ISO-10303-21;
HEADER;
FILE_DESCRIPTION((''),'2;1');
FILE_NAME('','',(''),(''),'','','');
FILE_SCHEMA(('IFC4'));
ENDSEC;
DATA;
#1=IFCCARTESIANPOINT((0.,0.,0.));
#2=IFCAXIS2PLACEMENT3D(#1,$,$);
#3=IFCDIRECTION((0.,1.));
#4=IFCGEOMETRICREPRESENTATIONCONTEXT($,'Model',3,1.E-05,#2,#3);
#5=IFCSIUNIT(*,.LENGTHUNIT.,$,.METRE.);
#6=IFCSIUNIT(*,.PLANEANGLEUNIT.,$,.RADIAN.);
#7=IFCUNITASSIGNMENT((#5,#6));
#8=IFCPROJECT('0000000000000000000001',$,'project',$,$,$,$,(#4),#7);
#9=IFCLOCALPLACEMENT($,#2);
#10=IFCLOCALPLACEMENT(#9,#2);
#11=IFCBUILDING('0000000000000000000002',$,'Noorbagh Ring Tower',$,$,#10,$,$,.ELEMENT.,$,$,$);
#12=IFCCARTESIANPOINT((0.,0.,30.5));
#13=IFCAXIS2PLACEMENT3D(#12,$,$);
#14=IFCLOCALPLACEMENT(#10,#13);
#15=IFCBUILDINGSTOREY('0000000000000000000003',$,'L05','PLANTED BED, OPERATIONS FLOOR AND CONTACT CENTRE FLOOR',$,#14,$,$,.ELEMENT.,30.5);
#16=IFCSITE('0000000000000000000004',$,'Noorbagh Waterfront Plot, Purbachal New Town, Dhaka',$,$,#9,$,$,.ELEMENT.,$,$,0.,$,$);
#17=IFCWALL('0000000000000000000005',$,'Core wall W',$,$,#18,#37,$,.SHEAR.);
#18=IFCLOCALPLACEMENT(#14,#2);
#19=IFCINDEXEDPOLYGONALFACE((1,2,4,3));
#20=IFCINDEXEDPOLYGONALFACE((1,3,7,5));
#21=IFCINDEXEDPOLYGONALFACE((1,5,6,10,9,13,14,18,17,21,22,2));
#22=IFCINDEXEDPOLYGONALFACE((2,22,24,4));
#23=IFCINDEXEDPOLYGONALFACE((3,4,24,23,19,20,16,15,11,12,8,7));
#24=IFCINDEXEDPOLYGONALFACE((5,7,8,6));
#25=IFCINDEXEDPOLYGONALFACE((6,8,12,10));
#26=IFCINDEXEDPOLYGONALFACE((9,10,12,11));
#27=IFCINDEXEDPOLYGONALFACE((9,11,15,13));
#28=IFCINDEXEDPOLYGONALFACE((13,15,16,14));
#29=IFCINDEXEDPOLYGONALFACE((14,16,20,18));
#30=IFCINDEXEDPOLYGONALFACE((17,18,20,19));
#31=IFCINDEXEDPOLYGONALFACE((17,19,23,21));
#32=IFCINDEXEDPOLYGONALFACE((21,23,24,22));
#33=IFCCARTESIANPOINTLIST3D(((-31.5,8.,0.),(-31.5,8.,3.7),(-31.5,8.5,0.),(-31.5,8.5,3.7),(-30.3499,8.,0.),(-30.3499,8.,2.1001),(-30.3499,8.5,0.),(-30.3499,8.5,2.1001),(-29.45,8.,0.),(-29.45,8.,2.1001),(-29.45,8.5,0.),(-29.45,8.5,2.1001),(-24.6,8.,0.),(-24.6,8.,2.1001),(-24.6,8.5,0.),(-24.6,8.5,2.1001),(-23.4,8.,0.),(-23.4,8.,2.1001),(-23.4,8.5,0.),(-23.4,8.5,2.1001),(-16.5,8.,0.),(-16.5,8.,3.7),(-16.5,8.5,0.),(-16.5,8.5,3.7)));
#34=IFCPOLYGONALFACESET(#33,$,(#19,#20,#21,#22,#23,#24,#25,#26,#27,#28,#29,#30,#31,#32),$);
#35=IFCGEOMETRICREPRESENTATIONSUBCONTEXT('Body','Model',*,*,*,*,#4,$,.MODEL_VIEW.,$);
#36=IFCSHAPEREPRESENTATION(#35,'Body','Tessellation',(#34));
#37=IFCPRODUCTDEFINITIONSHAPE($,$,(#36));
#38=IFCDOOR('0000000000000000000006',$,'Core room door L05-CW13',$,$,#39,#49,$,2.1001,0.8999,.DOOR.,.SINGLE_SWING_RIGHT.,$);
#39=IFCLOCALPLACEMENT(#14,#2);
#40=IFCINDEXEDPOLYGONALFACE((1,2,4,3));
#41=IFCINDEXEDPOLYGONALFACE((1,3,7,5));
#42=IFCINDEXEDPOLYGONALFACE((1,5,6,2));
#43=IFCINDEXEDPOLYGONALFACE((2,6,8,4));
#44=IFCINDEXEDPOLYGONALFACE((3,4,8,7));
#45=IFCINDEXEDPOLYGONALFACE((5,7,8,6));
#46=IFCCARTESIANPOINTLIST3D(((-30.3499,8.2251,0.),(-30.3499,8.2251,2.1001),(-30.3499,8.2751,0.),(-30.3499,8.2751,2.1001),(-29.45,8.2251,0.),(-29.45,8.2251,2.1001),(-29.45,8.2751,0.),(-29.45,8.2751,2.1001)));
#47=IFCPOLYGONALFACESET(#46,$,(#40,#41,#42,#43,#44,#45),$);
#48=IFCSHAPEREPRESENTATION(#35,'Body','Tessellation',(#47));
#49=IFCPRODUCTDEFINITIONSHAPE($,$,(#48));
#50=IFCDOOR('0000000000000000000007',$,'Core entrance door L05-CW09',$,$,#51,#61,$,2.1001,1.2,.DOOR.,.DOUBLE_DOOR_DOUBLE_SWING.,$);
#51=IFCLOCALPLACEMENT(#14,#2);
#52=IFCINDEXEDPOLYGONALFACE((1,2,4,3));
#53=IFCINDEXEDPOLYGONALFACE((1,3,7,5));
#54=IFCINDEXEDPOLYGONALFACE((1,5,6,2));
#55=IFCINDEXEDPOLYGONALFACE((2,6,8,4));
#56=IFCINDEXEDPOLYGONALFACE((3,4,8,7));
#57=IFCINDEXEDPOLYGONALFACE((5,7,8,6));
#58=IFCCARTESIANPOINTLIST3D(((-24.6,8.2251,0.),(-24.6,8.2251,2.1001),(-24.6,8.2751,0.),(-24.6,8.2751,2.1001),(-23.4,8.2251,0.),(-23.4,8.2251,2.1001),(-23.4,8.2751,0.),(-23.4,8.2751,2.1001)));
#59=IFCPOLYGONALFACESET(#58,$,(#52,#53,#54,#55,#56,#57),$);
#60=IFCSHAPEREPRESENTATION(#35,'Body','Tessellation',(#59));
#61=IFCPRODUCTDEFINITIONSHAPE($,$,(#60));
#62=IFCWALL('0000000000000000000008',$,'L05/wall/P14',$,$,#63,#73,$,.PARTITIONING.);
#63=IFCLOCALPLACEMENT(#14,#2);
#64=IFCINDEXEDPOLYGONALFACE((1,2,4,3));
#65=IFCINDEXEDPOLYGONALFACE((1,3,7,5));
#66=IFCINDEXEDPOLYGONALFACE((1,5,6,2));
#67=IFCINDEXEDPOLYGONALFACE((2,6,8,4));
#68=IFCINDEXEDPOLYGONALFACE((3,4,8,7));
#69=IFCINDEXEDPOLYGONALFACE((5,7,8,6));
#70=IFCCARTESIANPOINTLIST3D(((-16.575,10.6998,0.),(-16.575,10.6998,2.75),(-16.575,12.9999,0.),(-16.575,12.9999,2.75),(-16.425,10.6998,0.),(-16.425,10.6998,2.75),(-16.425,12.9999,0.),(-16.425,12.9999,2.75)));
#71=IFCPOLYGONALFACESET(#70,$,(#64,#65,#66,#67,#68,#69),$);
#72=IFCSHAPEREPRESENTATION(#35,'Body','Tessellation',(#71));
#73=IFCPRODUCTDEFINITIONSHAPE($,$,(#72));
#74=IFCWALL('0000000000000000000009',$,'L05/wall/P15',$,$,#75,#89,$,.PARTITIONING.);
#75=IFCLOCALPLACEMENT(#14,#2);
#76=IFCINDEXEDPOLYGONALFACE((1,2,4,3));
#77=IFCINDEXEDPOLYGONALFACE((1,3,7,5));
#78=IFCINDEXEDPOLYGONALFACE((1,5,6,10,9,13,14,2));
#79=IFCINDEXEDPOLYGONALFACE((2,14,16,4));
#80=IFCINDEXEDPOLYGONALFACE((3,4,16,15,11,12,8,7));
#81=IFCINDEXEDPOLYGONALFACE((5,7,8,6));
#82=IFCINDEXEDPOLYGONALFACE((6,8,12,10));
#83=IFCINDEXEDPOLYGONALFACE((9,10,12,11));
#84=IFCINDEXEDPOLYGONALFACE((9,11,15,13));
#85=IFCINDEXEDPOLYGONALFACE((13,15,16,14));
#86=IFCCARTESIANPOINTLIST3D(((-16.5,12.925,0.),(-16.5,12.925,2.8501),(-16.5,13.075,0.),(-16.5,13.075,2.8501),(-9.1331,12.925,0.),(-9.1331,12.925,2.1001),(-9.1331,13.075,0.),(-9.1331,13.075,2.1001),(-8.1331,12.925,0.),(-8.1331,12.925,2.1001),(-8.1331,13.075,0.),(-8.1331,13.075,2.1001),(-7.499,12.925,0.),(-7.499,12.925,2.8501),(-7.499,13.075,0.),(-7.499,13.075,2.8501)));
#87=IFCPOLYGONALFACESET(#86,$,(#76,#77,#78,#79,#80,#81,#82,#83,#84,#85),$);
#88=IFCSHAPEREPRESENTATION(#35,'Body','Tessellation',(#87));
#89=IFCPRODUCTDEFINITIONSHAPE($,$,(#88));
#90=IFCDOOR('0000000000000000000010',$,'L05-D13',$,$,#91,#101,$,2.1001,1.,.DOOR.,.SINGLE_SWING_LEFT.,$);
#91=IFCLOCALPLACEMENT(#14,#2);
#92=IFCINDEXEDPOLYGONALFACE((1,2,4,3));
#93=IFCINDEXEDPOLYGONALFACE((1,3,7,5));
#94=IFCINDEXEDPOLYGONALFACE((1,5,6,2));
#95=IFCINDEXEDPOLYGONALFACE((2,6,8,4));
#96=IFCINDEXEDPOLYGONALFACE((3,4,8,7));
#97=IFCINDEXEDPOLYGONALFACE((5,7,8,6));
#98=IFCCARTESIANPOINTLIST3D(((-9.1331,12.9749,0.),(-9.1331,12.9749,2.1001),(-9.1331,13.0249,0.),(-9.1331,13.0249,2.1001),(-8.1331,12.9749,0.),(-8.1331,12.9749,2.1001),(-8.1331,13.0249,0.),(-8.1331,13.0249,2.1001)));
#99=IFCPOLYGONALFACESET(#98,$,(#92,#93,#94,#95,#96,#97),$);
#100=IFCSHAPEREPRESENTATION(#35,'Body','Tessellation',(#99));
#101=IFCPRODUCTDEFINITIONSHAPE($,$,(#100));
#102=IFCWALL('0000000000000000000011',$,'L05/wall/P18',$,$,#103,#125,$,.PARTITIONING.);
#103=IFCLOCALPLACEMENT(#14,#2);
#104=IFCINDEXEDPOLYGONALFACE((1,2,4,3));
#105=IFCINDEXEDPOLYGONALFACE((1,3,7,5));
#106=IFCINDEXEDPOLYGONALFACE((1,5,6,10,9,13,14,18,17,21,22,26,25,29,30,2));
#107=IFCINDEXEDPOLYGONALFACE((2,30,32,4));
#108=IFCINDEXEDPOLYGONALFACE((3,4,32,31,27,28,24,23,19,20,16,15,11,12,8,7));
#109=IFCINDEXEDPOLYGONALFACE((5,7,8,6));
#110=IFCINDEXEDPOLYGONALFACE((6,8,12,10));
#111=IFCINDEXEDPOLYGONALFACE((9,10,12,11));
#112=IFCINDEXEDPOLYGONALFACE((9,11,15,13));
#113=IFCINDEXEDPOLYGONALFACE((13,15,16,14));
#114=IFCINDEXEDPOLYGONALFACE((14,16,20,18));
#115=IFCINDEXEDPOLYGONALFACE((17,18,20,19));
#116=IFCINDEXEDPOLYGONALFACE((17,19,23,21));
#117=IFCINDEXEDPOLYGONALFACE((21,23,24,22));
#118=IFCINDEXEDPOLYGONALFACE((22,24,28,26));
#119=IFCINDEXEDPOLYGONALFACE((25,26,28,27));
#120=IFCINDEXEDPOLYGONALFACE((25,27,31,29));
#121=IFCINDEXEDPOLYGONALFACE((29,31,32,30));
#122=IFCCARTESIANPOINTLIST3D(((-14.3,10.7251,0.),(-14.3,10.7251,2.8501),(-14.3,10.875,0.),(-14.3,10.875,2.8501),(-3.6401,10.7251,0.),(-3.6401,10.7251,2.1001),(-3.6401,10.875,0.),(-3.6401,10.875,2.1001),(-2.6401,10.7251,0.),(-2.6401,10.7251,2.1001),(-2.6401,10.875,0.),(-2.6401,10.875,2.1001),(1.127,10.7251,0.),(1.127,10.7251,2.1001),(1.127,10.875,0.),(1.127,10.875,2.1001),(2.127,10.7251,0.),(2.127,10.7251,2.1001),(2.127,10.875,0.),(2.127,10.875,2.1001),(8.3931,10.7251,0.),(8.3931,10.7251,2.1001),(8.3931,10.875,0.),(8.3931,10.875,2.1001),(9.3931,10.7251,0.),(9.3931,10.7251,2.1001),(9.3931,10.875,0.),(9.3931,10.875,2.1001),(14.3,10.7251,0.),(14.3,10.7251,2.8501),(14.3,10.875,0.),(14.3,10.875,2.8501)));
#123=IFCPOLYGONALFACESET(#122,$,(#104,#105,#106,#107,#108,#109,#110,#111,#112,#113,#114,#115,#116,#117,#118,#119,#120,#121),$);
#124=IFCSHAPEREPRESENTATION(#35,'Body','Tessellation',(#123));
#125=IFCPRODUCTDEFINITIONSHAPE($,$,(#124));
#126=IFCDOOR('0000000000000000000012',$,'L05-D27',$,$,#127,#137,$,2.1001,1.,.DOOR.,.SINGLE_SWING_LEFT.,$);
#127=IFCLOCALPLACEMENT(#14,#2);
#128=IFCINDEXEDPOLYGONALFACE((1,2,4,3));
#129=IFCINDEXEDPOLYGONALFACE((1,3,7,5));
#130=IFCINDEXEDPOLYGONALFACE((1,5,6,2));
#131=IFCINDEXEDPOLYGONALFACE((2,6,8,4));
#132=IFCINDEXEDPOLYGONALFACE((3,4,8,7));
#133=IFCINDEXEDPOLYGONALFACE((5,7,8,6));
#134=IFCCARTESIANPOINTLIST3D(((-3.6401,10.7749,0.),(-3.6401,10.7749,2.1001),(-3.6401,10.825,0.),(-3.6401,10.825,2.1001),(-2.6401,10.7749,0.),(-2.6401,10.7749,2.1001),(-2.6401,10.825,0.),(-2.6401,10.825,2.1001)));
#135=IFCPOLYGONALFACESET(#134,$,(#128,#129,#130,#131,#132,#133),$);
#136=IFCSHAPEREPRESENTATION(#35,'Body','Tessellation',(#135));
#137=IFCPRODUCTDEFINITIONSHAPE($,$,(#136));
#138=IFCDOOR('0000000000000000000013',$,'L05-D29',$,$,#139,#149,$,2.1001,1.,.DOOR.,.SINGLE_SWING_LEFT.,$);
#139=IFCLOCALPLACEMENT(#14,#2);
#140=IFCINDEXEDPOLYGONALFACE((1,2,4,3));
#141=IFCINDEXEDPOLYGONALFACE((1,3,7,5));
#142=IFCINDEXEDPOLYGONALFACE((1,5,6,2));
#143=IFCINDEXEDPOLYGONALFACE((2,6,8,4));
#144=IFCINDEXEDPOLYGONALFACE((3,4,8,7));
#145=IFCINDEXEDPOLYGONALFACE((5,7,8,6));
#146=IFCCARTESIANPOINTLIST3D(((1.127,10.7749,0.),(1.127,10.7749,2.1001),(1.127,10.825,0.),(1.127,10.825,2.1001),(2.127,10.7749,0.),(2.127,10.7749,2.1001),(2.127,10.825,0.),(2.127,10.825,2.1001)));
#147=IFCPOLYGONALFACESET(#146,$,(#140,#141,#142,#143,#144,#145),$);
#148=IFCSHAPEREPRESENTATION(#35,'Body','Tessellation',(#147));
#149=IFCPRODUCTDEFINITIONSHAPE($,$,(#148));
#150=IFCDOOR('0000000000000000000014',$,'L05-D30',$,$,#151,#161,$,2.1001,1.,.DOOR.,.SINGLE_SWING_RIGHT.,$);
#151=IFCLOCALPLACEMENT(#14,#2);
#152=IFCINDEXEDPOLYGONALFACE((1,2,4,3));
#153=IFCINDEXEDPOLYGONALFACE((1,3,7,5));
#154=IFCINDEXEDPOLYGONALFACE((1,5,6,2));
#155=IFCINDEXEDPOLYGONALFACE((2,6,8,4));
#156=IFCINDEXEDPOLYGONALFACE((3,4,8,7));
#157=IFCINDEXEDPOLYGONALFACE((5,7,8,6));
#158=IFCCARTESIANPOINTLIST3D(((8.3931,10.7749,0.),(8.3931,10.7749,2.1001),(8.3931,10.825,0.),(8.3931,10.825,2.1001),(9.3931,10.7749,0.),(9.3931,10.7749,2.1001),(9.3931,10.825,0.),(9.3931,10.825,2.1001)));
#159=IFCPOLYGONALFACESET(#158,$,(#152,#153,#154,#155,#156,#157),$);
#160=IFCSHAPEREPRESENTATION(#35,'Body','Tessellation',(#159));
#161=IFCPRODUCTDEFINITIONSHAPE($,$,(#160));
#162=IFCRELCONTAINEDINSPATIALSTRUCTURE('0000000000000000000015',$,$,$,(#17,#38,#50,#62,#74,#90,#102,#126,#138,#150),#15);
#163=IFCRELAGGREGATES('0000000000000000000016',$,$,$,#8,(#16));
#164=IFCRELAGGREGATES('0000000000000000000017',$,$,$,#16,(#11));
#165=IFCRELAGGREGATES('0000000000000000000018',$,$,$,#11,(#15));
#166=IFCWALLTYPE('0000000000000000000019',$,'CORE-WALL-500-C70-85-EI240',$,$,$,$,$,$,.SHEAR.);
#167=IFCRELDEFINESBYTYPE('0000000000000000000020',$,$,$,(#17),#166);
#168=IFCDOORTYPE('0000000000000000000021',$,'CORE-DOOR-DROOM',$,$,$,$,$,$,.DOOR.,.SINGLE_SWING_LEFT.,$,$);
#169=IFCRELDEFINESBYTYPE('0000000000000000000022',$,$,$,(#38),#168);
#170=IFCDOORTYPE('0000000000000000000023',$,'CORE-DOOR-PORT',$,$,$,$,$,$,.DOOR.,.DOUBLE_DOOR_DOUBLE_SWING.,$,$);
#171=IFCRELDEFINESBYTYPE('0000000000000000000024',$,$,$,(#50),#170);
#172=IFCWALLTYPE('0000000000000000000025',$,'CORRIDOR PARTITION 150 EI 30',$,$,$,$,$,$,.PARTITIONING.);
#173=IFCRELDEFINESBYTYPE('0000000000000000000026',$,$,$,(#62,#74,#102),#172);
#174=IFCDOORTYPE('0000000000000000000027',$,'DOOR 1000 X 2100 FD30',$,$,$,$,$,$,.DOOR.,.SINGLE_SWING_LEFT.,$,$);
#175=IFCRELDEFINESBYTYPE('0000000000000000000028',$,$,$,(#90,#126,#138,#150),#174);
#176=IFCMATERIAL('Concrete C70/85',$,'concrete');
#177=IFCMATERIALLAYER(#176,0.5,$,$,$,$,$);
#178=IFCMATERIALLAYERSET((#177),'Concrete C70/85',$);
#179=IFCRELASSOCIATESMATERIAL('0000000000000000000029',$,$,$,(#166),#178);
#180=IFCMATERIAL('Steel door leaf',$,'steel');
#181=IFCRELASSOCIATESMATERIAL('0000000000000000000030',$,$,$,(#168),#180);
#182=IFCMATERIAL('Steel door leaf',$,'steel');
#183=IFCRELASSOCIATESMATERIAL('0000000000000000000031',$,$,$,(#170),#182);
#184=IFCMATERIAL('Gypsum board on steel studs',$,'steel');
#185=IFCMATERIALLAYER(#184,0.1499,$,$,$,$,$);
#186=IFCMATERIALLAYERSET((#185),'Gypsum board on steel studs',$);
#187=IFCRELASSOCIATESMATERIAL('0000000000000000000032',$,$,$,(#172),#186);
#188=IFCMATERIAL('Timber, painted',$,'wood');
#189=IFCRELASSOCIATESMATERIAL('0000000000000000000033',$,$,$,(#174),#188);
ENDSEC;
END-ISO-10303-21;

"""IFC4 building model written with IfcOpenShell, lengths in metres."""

from ifc_helpers import new_model, si_unit, direction, frame, frame_2d, origin, place, context, subcontext, project, spatial, rectangle, extrude, material, layer, layer_set, type_object, element, fill, save


model = new_model("IFC4")

# Units and contexts
model_context = context("Model", 3, precision=1e-05, world=origin(), true_north=direction((0.0, 1.0)))
body_context = subcontext(model_context, "Body", "Model", "MODEL_VIEW")
ifc_project = project(units=[si_unit("LENGTHUNIT", "METRE"), si_unit("PLANEANGLEUNIT", "RADIAN")], contexts=[model_context])

# Site, building, storey
site_placement = place(None, origin())
site = spatial("IfcSite", under=ifc_project, at=site_placement, Name="Noorbagh Waterfront Plot, Purbachal New Town, Dhaka", CompositionType="ELEMENT", RefElevation=0.0)
building_placement = place(site_placement, origin())
building = spatial("IfcBuilding", under=site, at=building_placement, Name="Noorbagh Ring Tower", CompositionType="ELEMENT")
storey_placement = place(building_placement, frame((0.0, 0.0, 30.5)))
storey = spatial("IfcBuildingStorey", under=building, at=storey_placement, Name="L05", Description="PLANTED BED, OPERATIONS FLOOR AND CONTACT CENTRE FLOOR", CompositionType="ELEMENT", Elevation=30.5)

# Wall, openings, doors
ifc_material_1 = material(Name="Concrete C70/85", Category="concrete")
ifc_layer_1 = layer(ifc_material_1, 0.5)
ifc_layer_set_1 = layer_set([ifc_layer_1], Name="Concrete C70/85")
wall_type_1 = type_object("IfcWallType", Name="CORE-WALL-500-C70-85-EI240", PredefinedType="SHEAR", material=ifc_layer_set_1)
wall_1_placement = place(storey_placement, frame((-16.5, 8.25, 0.0), z_axis=(0.0, 0.0, 1.0), x_axis=(-1.0, 0.0, 0.0)))
wall_1 = element("IfcWall", 1, at=wall_1_placement, inside=storey, type_object=wall_type_1, Name="Core wall W", PredefinedType="SHEAR", context=body_context, shape_type="SweptSolid", body=[
    extrude(rectangle(XDim=15.0, YDim=0.5, at=frame_2d((7.5, 0.0))), origin(), (0.0, 0.0, 1.0), 3.7),
])
opening_1_placement = place(wall_1_placement, frame((6.8999, 0.0, 0.0)))
opening_1 = element("IfcOpeningElement", 2, at=opening_1_placement, cuts=wall_1, PredefinedType="OPENING", context=body_context, shape_type="SweptSolid", body=[
    extrude(rectangle(XDim=1.2, YDim=2.1001, at=frame_2d((0.6001, 1.05))), frame((0.0, 0.26, 0.0), z_axis=(0.0, -1.0, 0.0), x_axis=(1.0, 0.0, 0.0)), (0.0, 0.0, 1.0), 0.52),
])
opening_2_placement = place(wall_1_placement, frame((12.95, 0.0, 0.0)))
opening_2 = element("IfcOpeningElement", 3, at=opening_2_placement, cuts=wall_1, PredefinedType="OPENING", context=body_context, shape_type="SweptSolid", body=[
    extrude(rectangle(XDim=0.8999, YDim=2.1001, at=frame_2d((0.45, 1.05))), frame((0.0, 0.26, 0.0), z_axis=(0.0, -1.0, 0.0), x_axis=(1.0, 0.0, 0.0)), (0.0, 0.0, 1.0), 0.52),
])
ifc_material_2 = material(Name="Steel door leaf", Category="steel")
door_type_1 = type_object("IfcDoorType", Name="CORE-DOOR-DROOM", OperationType="SINGLE_SWING_LEFT", PredefinedType="DOOR", material=ifc_material_2)
door_1_placement = place(opening_2_placement, origin())
door_1 = element("IfcDoor", 4, at=door_1_placement, inside=storey, type_object=door_type_1, Name="Core room door L05-CW13", OperationType="SINGLE_SWING_RIGHT", OverallHeight=2.1001, OverallWidth=0.8999, PredefinedType="DOOR", context=body_context, shape_type="SweptSolid", body=[
    extrude(rectangle(XDim=0.8999, YDim=2.1001, at=frame_2d((0.45, 1.05))), frame((0.0, 0.0249, 0.0), z_axis=(0.0, -1.0, 0.0), x_axis=(1.0, 0.0, 0.0)), (0.0, 0.0, 1.0), 0.05),
])
fill(opening_2, door_1)
ifc_material_3 = material(Name="Steel door leaf", Category="steel")
door_type_2 = type_object("IfcDoorType", Name="CORE-DOOR-PORT", OperationType="DOUBLE_DOOR_DOUBLE_SWING", PredefinedType="DOOR", material=ifc_material_3)
door_2_placement = place(opening_1_placement, origin())
door_2 = element("IfcDoor", 5, at=door_2_placement, inside=storey, type_object=door_type_2, Name="Core entrance door L05-CW09", OperationType="DOUBLE_DOOR_DOUBLE_SWING", OverallHeight=2.1001, OverallWidth=1.2, PredefinedType="DOOR", context=body_context, shape_type="SweptSolid", body=[
    extrude(rectangle(XDim=1.2, YDim=2.1001, at=frame_2d((0.6001, 1.05))), frame((0.0, 0.0249, 0.0), z_axis=(0.0, -1.0, 0.0), x_axis=(1.0, 0.0, 0.0)), (0.0, 0.0, 1.0), 0.05),
])
fill(opening_1, door_2)

# Wall
ifc_material_4 = material(Name="Gypsum board on steel studs", Category="steel")
ifc_layer_2 = layer(ifc_material_4, 0.1499)
ifc_layer_set_2 = layer_set([ifc_layer_2], Name="Gypsum board on steel studs")
wall_type_2 = type_object("IfcWallType", Name="CORRIDOR PARTITION 150 EI 30", PredefinedType="PARTITIONING", material=ifc_layer_set_2)
wall_2_placement = place(storey_placement, frame((-16.5, 10.7, 0.0), z_axis=(0.0, 0.0, 1.0), x_axis=(0.0, 1.0, 0.0)))
element("IfcWall", 6, at=wall_2_placement, inside=storey, type_object=wall_type_2, Name="L05/wall/P14", PredefinedType="PARTITIONING", context=body_context, shape_type="SweptSolid", body=[
    extrude(rectangle(XDim=2.3, YDim=0.1499, at=frame_2d((1.1499, 0.0))), origin(), (0.0, 0.0, 1.0), 2.75),
])

# Wall, opening, door
wall_3_placement = place(storey_placement, frame((-16.5, 13.0, 0.0), z_axis=(0.0, 0.0, 1.0), x_axis=(1.0, 0.0, 0.0)))
wall_3 = element("IfcWall", 7, at=wall_3_placement, inside=storey, type_object=wall_type_2, Name="L05/wall/P15", PredefinedType="PARTITIONING", context=body_context, shape_type="SweptSolid", body=[
    extrude(rectangle(XDim=9.001, YDim=0.1499, at=frame_2d((4.5005, 0.0))), origin(), (0.0, 0.0, 1.0), 2.8501),
])
opening_3_placement = place(wall_3_placement, frame((7.3669, 0.0, 0.0)))
opening_3 = element("IfcOpeningElement", 8, at=opening_3_placement, cuts=wall_3, PredefinedType="OPENING", context=body_context, shape_type="SweptSolid", body=[
    extrude(rectangle(XDim=1.0, YDim=2.1001, at=frame_2d((0.5, 1.05))), frame((0.0, 0.085, 0.0), z_axis=(0.0, -1.0, 0.0), x_axis=(1.0, 0.0, 0.0)), (0.0, 0.0, 1.0), 0.1699),
])
ifc_material_5 = material(Name="Timber, painted", Category="wood")
door_type_3 = type_object("IfcDoorType", Name="DOOR 1000 X 2100 FD30", OperationType="SINGLE_SWING_LEFT", PredefinedType="DOOR", material=ifc_material_5)
door_3_placement = place(opening_3_placement, origin())
door_3 = element("IfcDoor", 9, at=door_3_placement, inside=storey, type_object=door_type_3, Name="L05-D13", OperationType="SINGLE_SWING_LEFT", OverallHeight=2.1001, OverallWidth=1.0, PredefinedType="DOOR", context=body_context, shape_type="SweptSolid", body=[
    extrude(rectangle(XDim=1.0, YDim=2.1001, at=frame_2d((0.5, 1.05))), frame((0.0, 0.0249, 0.0), z_axis=(0.0, -1.0, 0.0), x_axis=(1.0, 0.0, 0.0)), (0.0, 0.0, 1.0), 0.05),
])
fill(opening_3, door_3)

# Wall, openings, doors
wall_4_placement = place(storey_placement, frame((-14.3, 10.8, 0.0), z_axis=(0.0, 0.0, 1.0), x_axis=(1.0, 0.0, 0.0)))
wall_4 = element("IfcWall", 10, at=wall_4_placement, inside=storey, type_object=wall_type_2, Name="L05/wall/P18", PredefinedType="PARTITIONING", context=body_context, shape_type="SweptSolid", body=[
    extrude(rectangle(XDim=28.6001, YDim=0.1499, at=frame_2d((14.3, 0.0))), origin(), (0.0, 0.0, 1.0), 2.8501),
])
opening_4_placement = place(wall_4_placement, frame((10.6599, 0.0, 0.0)))
opening_4 = element("IfcOpeningElement", 11, at=opening_4_placement, cuts=wall_4, PredefinedType="OPENING", context=body_context, shape_type="SweptSolid", body=[
    extrude(rectangle(XDim=1.0, YDim=2.1001, at=frame_2d((0.5, 1.05))), frame((0.0, 0.085, 0.0), z_axis=(0.0, -1.0, 0.0), x_axis=(1.0, 0.0, 0.0)), (0.0, 0.0, 1.0), 0.1699),
])
opening_5_placement = place(wall_4_placement, frame((15.427, 0.0, 0.0)))
opening_5 = element("IfcOpeningElement", 12, at=opening_5_placement, cuts=wall_4, PredefinedType="OPENING", context=body_context, shape_type="SweptSolid", body=[
    extrude(rectangle(XDim=1.0, YDim=2.1001, at=frame_2d((0.5, 1.05))), frame((0.0, 0.085, 0.0), z_axis=(0.0, -1.0, 0.0), x_axis=(1.0, 0.0, 0.0)), (0.0, 0.0, 1.0), 0.1699),
])
opening_6_placement = place(wall_4_placement, frame((22.6931, 0.0, 0.0)))
opening_6 = element("IfcOpeningElement", 13, at=opening_6_placement, cuts=wall_4, PredefinedType="OPENING", context=body_context, shape_type="SweptSolid", body=[
    extrude(rectangle(XDim=1.0, YDim=2.1001, at=frame_2d((0.5, 1.05))), frame((0.0, 0.085, 0.0), z_axis=(0.0, -1.0, 0.0), x_axis=(1.0, 0.0, 0.0)), (0.0, 0.0, 1.0), 0.1699),
])
door_4_placement = place(opening_4_placement, origin())
door_4 = element("IfcDoor", 14, at=door_4_placement, inside=storey, type_object=door_type_3, Name="L05-D27", OperationType="SINGLE_SWING_LEFT", OverallHeight=2.1001, OverallWidth=1.0, PredefinedType="DOOR", context=body_context, shape_type="SweptSolid", body=[
    extrude(rectangle(XDim=1.0, YDim=2.1001, at=frame_2d((0.5, 1.05))), frame((0.0, 0.0249, 0.0), z_axis=(0.0, -1.0, 0.0), x_axis=(1.0, 0.0, 0.0)), (0.0, 0.0, 1.0), 0.05),
])
fill(opening_4, door_4)
door_5_placement = place(opening_5_placement, origin())
door_5 = element("IfcDoor", 15, at=door_5_placement, inside=storey, type_object=door_type_3, Name="L05-D29", OperationType="SINGLE_SWING_LEFT", OverallHeight=2.1001, OverallWidth=1.0, PredefinedType="DOOR", context=body_context, shape_type="SweptSolid", body=[
    extrude(rectangle(XDim=1.0, YDim=2.1001, at=frame_2d((0.5, 1.05))), frame((0.0, 0.0249, 0.0), z_axis=(0.0, -1.0, 0.0), x_axis=(1.0, 0.0, 0.0)), (0.0, 0.0, 1.0), 0.05),
])
fill(opening_5, door_5)
door_6_placement = place(opening_6_placement, origin())
door_6 = element("IfcDoor", 16, at=door_6_placement, inside=storey, type_object=door_type_3, Name="L05-D30", OperationType="SINGLE_SWING_RIGHT", OverallHeight=2.1001, OverallWidth=1.0, PredefinedType="DOOR", context=body_context, shape_type="SweptSolid", body=[
    extrude(rectangle(XDim=1.0, YDim=2.1001, at=frame_2d((0.5, 1.05))), frame((0.0, 0.0249, 0.0), z_axis=(0.0, -1.0, 0.0), x_axis=(1.0, 0.0, 0.0)), (0.0, 0.0, 1.0), 0.05),
])
fill(opening_6, door_6)

save(model, "model.ifc")
